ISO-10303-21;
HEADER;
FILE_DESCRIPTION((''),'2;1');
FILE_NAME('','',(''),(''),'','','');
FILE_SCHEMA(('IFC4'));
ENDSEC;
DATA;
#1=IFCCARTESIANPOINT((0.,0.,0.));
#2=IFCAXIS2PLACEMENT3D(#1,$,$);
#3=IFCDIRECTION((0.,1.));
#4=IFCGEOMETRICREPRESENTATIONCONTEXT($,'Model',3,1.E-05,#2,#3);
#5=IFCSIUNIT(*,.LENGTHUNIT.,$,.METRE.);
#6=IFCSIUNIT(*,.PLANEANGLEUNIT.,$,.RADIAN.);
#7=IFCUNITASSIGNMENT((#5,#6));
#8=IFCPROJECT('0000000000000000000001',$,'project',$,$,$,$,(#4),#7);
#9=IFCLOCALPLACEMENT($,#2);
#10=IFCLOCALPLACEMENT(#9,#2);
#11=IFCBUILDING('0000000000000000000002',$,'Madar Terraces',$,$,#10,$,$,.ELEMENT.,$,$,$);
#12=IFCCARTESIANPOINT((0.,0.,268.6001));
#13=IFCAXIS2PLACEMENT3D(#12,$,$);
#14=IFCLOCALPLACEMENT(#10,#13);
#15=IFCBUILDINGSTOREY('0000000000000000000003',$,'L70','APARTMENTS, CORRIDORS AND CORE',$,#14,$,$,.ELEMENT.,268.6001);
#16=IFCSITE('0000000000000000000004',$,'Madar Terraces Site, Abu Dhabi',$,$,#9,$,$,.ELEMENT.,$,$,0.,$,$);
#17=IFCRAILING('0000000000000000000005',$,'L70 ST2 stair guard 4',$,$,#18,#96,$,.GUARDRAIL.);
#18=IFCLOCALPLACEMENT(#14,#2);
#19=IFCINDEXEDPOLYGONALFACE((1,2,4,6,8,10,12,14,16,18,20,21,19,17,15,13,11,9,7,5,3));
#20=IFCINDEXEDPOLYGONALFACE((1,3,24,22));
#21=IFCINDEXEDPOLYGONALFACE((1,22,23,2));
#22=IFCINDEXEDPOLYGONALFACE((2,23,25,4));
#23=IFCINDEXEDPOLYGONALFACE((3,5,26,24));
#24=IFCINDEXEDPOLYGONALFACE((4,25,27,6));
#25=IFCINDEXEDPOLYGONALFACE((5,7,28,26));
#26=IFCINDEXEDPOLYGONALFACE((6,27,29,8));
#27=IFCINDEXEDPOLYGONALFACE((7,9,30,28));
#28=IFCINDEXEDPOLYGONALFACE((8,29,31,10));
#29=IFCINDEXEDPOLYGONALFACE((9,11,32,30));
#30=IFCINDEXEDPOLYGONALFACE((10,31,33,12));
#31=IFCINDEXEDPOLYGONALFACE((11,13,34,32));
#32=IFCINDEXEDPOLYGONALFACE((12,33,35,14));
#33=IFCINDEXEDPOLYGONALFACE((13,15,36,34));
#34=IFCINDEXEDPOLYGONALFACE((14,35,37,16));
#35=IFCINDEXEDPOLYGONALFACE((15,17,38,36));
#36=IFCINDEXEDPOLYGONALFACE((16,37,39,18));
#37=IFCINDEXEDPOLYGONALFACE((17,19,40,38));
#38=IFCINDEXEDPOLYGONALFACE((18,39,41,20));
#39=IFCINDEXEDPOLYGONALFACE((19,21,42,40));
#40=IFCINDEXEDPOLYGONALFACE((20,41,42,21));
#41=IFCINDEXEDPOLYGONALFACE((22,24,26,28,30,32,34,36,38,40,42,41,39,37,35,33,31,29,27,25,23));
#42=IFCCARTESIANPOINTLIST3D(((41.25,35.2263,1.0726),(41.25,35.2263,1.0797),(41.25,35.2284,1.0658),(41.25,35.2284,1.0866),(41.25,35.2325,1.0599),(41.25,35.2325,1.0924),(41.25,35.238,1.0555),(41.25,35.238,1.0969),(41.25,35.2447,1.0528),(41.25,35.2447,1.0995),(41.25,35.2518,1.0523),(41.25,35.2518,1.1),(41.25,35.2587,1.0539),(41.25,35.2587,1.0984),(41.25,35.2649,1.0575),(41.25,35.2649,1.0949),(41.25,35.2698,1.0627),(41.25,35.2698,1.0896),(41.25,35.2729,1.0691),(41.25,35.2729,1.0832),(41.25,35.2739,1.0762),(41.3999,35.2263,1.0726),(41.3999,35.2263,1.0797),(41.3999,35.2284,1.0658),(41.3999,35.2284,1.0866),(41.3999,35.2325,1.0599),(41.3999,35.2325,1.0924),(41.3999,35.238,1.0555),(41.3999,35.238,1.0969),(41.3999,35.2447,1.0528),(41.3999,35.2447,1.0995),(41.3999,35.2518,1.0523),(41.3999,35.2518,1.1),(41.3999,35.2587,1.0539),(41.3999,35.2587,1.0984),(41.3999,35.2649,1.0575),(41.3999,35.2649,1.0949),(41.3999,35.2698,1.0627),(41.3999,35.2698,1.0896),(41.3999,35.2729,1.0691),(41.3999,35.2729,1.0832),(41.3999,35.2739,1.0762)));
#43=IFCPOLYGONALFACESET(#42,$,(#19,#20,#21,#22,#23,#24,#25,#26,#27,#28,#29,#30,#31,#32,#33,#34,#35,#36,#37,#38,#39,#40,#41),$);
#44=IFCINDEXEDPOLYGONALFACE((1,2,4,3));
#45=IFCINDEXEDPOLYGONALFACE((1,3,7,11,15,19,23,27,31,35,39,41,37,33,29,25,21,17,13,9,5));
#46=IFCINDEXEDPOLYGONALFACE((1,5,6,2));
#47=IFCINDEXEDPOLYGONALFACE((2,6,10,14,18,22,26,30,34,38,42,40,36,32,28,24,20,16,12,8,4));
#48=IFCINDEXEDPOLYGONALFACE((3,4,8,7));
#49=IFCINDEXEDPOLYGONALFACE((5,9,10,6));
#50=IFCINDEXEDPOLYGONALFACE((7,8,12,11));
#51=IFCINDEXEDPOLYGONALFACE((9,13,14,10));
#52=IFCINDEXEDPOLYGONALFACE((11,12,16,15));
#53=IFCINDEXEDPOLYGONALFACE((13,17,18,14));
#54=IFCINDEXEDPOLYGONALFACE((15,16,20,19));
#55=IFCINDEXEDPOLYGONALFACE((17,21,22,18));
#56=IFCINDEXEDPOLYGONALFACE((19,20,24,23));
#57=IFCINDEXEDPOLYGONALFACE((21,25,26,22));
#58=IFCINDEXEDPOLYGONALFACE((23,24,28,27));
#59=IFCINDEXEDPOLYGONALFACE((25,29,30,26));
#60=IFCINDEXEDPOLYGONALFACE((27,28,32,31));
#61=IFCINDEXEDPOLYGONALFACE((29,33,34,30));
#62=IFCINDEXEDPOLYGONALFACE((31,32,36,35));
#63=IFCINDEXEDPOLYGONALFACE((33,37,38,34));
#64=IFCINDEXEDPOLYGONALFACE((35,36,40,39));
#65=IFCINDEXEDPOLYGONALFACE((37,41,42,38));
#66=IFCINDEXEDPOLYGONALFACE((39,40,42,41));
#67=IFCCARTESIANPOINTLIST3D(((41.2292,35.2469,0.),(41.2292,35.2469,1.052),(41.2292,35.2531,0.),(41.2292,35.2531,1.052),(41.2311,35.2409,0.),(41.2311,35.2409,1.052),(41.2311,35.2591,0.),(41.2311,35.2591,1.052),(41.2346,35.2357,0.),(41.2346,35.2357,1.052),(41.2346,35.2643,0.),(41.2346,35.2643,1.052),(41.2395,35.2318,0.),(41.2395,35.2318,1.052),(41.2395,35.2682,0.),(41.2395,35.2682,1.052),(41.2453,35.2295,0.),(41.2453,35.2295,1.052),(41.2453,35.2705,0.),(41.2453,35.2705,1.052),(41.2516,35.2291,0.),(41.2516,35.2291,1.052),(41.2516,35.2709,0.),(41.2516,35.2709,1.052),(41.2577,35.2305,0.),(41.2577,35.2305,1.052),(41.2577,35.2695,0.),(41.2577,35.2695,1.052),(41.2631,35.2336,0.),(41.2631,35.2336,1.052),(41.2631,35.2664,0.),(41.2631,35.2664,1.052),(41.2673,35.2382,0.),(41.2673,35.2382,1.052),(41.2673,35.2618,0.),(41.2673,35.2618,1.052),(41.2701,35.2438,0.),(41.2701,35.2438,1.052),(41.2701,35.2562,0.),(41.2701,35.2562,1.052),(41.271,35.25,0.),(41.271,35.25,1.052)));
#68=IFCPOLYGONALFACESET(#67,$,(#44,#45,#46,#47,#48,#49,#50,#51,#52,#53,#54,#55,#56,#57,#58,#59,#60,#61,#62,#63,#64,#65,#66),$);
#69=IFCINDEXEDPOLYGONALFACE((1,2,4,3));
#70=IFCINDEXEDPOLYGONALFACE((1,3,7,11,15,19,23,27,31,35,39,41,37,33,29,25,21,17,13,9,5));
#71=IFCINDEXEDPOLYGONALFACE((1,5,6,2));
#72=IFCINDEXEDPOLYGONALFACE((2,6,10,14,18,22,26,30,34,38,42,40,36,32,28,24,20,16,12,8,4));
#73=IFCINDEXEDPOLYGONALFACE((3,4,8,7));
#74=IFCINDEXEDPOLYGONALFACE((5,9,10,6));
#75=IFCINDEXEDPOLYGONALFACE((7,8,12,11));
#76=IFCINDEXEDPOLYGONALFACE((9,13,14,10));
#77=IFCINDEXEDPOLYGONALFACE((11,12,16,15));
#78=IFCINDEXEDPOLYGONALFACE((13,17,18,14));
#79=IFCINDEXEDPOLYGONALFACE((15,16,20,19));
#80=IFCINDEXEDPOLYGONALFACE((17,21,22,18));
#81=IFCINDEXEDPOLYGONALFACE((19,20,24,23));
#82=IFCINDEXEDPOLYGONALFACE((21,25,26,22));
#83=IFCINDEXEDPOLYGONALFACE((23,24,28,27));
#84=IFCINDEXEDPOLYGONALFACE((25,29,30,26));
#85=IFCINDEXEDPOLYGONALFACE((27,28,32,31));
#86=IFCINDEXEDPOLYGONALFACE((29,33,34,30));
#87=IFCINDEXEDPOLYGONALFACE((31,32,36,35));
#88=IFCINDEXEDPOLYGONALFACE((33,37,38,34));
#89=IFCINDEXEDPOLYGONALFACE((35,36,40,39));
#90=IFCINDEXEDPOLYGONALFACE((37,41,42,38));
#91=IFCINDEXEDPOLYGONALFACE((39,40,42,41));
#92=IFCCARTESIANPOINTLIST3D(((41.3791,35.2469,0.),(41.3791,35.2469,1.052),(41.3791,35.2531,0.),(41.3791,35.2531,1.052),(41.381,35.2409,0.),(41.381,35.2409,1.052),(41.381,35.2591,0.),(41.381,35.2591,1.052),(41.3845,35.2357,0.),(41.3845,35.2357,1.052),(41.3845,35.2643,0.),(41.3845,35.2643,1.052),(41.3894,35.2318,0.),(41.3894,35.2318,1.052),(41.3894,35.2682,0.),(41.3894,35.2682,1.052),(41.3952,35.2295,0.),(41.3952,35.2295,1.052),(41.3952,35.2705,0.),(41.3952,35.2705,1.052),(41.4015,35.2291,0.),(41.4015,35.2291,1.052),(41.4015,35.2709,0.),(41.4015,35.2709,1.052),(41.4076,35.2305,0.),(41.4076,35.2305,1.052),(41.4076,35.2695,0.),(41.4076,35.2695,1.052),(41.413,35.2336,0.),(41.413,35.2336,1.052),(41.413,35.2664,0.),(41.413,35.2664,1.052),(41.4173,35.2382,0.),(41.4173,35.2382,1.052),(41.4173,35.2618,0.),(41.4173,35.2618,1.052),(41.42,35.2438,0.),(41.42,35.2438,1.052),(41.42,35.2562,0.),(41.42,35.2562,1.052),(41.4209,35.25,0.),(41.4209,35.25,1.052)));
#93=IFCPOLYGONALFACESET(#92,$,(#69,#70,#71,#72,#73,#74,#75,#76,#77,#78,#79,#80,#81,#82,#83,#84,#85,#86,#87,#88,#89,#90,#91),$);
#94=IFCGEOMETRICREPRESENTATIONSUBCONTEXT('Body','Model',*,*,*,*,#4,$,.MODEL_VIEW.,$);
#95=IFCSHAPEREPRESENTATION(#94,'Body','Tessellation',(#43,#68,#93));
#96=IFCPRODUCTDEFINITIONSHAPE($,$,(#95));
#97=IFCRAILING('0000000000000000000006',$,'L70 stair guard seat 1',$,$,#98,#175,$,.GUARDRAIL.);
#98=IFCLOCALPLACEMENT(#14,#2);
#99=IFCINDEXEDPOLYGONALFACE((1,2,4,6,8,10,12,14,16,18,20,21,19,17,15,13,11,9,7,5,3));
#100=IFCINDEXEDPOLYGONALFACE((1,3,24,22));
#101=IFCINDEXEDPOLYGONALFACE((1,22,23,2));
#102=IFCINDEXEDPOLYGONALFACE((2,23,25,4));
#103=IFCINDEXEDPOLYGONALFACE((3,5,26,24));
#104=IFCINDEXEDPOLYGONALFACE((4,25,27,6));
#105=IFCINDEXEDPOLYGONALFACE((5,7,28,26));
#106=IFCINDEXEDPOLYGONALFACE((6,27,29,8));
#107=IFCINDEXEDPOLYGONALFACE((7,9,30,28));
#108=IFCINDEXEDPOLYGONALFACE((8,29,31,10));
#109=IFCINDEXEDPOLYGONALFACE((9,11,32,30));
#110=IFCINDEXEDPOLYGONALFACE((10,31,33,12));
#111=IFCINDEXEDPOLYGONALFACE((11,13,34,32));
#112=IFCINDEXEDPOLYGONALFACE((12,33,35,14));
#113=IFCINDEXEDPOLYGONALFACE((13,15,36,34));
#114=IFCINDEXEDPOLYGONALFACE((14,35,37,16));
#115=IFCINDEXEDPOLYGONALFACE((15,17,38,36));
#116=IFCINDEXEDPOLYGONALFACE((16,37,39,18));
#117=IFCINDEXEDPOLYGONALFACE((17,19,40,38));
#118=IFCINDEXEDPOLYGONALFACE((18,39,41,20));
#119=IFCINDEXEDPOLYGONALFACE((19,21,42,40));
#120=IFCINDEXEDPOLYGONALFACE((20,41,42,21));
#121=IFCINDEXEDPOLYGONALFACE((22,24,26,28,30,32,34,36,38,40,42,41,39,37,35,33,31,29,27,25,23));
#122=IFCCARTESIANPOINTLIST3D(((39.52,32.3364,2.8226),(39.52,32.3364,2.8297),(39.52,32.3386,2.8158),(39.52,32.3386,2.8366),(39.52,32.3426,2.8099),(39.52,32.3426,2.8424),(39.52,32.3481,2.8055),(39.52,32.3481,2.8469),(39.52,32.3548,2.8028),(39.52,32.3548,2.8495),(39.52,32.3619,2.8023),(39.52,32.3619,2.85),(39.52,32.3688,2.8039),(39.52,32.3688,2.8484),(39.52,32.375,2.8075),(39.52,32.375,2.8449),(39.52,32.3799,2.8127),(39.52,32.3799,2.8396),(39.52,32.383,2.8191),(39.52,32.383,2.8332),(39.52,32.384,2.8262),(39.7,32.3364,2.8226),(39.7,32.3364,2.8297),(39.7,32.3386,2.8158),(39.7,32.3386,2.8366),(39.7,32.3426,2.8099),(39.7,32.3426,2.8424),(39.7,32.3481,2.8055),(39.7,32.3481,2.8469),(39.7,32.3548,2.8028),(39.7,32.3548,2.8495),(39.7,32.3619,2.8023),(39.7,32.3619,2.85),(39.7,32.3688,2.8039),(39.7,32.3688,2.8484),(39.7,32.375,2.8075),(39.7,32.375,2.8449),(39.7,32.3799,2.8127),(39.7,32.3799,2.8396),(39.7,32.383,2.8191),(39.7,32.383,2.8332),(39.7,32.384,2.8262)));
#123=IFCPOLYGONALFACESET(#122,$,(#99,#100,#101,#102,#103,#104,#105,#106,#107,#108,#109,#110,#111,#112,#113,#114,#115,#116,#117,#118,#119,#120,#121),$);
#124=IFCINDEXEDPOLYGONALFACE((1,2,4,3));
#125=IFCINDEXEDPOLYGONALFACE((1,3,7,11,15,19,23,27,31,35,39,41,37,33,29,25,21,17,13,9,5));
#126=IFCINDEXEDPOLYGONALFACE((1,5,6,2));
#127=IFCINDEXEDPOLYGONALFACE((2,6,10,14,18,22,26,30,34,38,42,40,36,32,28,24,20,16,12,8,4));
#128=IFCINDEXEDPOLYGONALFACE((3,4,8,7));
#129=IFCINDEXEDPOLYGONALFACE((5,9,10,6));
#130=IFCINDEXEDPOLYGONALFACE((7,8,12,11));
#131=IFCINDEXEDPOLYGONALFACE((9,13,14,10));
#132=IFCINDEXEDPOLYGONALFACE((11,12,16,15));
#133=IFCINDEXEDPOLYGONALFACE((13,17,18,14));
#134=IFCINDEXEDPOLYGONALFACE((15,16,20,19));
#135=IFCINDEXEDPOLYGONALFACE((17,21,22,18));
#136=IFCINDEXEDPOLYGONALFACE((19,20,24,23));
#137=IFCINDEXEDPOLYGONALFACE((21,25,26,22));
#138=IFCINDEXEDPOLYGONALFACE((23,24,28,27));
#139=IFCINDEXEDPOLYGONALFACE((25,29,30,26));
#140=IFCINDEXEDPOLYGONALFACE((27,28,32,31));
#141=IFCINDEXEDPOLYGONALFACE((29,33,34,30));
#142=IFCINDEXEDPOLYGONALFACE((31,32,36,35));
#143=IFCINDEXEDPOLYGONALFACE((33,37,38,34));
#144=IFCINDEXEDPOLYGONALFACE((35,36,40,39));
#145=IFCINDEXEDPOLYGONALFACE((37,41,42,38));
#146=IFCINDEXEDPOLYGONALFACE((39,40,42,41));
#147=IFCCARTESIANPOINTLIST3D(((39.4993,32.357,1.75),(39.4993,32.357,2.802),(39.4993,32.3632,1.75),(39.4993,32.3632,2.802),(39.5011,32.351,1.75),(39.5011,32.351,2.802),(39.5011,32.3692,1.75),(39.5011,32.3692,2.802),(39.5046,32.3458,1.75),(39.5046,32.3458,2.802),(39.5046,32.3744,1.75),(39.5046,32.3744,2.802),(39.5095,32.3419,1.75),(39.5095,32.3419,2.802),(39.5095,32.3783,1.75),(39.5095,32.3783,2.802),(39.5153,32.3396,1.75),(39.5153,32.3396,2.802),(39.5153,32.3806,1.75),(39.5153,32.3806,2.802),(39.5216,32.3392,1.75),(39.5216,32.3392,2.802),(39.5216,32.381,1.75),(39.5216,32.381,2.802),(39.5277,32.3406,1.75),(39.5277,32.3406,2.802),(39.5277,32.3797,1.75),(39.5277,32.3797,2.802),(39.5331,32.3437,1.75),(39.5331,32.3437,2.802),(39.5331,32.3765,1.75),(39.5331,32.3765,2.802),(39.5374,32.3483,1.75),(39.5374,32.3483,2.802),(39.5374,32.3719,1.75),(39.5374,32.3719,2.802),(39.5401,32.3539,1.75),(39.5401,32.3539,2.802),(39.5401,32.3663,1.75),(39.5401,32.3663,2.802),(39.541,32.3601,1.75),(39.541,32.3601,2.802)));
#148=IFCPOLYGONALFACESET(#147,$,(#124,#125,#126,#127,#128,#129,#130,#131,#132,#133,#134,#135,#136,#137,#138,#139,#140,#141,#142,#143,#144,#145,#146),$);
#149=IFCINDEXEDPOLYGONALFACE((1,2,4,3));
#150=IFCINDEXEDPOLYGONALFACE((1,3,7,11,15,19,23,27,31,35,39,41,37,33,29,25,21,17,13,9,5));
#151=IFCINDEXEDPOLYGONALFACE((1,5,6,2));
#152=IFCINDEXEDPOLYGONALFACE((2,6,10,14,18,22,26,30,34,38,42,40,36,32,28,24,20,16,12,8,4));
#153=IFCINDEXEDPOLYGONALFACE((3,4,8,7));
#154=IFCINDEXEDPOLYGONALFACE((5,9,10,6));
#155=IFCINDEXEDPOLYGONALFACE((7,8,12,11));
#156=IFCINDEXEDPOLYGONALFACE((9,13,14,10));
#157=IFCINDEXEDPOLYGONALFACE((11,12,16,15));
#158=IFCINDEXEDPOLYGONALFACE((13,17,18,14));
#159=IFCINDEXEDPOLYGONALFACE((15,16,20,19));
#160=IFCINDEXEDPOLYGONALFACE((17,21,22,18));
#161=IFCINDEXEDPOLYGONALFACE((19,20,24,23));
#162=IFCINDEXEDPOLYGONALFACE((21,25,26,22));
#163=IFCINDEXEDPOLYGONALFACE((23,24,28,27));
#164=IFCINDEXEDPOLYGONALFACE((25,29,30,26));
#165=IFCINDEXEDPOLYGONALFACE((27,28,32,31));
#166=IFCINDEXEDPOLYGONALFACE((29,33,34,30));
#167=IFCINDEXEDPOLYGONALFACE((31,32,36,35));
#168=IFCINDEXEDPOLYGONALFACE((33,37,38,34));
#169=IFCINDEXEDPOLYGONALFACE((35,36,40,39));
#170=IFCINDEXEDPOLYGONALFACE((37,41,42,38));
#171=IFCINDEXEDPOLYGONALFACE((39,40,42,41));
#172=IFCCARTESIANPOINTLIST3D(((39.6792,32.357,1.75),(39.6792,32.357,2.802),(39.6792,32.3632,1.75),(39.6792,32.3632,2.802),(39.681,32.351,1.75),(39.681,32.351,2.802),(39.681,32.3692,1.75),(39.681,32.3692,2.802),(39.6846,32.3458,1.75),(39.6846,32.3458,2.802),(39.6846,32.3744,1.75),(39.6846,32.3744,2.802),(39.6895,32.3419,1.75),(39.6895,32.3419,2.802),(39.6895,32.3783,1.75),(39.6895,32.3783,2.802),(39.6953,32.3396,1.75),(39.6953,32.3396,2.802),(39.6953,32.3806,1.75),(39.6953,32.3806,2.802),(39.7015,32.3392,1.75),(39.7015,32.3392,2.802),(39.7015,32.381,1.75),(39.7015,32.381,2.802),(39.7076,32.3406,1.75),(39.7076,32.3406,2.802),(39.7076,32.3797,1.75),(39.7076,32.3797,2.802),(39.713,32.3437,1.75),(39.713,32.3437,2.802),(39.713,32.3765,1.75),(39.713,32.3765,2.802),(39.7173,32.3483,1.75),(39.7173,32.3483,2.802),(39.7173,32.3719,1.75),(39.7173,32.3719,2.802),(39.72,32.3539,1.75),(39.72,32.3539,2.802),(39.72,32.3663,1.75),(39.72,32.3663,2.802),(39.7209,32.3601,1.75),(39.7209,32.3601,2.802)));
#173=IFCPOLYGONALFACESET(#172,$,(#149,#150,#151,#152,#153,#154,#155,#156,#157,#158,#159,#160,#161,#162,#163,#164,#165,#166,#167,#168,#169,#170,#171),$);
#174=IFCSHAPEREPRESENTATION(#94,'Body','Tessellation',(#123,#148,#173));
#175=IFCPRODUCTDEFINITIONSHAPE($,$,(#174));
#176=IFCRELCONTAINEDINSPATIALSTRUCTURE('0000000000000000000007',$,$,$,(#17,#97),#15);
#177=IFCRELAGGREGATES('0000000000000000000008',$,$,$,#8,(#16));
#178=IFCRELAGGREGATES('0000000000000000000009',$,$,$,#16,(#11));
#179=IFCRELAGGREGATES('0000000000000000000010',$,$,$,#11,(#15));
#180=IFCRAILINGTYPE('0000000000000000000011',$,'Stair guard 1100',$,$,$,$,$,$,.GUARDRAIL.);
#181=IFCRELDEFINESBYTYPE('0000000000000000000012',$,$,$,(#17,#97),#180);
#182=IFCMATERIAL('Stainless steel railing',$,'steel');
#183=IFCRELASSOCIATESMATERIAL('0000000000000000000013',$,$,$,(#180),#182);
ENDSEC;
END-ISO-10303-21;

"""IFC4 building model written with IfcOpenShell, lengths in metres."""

from ifc_helpers import new_model, si_unit, direction, frame, origin, origin_2d, place, context, subcontext, project, spatial, circle, extrude, material, type_object, element, save


model = new_model("IFC4")

# Units and contexts
model_context = context("Model", 3, precision=1e-05, world=origin(), true_north=direction((0.0, 1.0)))
body_context = subcontext(model_context, "Body", "Model", "MODEL_VIEW")
ifc_project = project(units=[si_unit("LENGTHUNIT", "METRE"), si_unit("PLANEANGLEUNIT", "RADIAN")], contexts=[model_context])

# Site, building, storey
site_placement = place(None, origin())
site = spatial("IfcSite", under=ifc_project, at=site_placement, Name="Madar Terraces Site, Abu Dhabi", CompositionType="ELEMENT", RefElevation=0.0)
building_placement = place(site_placement, origin())
building = spatial("IfcBuilding", under=site, at=building_placement, Name="Madar Terraces", CompositionType="ELEMENT")
storey_placement = place(building_placement, frame((0.0, 0.0, 268.6001)))
storey = spatial("IfcBuildingStorey", under=building, at=storey_placement, Name="L70", Description="APARTMENTS, CORRIDORS AND CORE", CompositionType="ELEMENT", Elevation=268.6001)

# Railings
ifc_material_1 = material(Name="Stainless steel railing", Category="steel")
railing_type_1 = type_object("IfcRailingType", Name="Stair guard 1100", PredefinedType="GUARDRAIL", material=ifc_material_1)
railing_1_placement = place(storey_placement, frame((41.25, 35.25, 0.0)))
element("IfcRailing", 1, at=railing_1_placement, inside=storey, type_object=railing_type_1, Name="L70 ST2 stair guard 4", PredefinedType="GUARDRAIL", context=body_context, shape_type="SweptSolid", body=[
    extrude(circle(Radius=0.0239, at=origin_2d()), frame((0.0, 0.0, 1.0762), z_axis=(1.0, 0.0, 0.0), x_axis=(0.0, 1.0, 0.0)), (0.0, 0.0, 1.0), 0.1499),
    extrude(circle(Radius=0.021, at=origin_2d()), origin(), (0.0, 0.0, 1.0), 1.052),
    extrude(circle(Radius=0.021, at=origin_2d()), frame((0.1499, 0.0, 0.0)), (0.0, 0.0, 1.0), 1.052),
])
for number, where, name in (
    (2, (39.52, 32.3601, 1.75), "L70 stair guard seat 1"),
):
    element("IfcRailing", number, at=place(storey_placement, frame(where)), inside=storey, type_object=railing_type_1, Name=name, PredefinedType="GUARDRAIL", context=body_context, shape_type="SweptSolid", body=[
        extrude(circle(Radius=0.0239, at=origin_2d()), frame((0.0, 0.0, 1.0762), z_axis=(1.0, 0.0, 0.0), x_axis=(0.0, 1.0, 0.0)), (0.0, 0.0, 1.0), 0.1799),
        extrude(circle(Radius=0.021, at=origin_2d()), origin(), (0.0, 0.0, 1.0), 1.052),
        extrude(circle(Radius=0.021, at=origin_2d()), frame((0.1799, 0.0, 0.0)), (0.0, 0.0, 1.0), 1.052),
    ])

save(model, "model.ifc")
